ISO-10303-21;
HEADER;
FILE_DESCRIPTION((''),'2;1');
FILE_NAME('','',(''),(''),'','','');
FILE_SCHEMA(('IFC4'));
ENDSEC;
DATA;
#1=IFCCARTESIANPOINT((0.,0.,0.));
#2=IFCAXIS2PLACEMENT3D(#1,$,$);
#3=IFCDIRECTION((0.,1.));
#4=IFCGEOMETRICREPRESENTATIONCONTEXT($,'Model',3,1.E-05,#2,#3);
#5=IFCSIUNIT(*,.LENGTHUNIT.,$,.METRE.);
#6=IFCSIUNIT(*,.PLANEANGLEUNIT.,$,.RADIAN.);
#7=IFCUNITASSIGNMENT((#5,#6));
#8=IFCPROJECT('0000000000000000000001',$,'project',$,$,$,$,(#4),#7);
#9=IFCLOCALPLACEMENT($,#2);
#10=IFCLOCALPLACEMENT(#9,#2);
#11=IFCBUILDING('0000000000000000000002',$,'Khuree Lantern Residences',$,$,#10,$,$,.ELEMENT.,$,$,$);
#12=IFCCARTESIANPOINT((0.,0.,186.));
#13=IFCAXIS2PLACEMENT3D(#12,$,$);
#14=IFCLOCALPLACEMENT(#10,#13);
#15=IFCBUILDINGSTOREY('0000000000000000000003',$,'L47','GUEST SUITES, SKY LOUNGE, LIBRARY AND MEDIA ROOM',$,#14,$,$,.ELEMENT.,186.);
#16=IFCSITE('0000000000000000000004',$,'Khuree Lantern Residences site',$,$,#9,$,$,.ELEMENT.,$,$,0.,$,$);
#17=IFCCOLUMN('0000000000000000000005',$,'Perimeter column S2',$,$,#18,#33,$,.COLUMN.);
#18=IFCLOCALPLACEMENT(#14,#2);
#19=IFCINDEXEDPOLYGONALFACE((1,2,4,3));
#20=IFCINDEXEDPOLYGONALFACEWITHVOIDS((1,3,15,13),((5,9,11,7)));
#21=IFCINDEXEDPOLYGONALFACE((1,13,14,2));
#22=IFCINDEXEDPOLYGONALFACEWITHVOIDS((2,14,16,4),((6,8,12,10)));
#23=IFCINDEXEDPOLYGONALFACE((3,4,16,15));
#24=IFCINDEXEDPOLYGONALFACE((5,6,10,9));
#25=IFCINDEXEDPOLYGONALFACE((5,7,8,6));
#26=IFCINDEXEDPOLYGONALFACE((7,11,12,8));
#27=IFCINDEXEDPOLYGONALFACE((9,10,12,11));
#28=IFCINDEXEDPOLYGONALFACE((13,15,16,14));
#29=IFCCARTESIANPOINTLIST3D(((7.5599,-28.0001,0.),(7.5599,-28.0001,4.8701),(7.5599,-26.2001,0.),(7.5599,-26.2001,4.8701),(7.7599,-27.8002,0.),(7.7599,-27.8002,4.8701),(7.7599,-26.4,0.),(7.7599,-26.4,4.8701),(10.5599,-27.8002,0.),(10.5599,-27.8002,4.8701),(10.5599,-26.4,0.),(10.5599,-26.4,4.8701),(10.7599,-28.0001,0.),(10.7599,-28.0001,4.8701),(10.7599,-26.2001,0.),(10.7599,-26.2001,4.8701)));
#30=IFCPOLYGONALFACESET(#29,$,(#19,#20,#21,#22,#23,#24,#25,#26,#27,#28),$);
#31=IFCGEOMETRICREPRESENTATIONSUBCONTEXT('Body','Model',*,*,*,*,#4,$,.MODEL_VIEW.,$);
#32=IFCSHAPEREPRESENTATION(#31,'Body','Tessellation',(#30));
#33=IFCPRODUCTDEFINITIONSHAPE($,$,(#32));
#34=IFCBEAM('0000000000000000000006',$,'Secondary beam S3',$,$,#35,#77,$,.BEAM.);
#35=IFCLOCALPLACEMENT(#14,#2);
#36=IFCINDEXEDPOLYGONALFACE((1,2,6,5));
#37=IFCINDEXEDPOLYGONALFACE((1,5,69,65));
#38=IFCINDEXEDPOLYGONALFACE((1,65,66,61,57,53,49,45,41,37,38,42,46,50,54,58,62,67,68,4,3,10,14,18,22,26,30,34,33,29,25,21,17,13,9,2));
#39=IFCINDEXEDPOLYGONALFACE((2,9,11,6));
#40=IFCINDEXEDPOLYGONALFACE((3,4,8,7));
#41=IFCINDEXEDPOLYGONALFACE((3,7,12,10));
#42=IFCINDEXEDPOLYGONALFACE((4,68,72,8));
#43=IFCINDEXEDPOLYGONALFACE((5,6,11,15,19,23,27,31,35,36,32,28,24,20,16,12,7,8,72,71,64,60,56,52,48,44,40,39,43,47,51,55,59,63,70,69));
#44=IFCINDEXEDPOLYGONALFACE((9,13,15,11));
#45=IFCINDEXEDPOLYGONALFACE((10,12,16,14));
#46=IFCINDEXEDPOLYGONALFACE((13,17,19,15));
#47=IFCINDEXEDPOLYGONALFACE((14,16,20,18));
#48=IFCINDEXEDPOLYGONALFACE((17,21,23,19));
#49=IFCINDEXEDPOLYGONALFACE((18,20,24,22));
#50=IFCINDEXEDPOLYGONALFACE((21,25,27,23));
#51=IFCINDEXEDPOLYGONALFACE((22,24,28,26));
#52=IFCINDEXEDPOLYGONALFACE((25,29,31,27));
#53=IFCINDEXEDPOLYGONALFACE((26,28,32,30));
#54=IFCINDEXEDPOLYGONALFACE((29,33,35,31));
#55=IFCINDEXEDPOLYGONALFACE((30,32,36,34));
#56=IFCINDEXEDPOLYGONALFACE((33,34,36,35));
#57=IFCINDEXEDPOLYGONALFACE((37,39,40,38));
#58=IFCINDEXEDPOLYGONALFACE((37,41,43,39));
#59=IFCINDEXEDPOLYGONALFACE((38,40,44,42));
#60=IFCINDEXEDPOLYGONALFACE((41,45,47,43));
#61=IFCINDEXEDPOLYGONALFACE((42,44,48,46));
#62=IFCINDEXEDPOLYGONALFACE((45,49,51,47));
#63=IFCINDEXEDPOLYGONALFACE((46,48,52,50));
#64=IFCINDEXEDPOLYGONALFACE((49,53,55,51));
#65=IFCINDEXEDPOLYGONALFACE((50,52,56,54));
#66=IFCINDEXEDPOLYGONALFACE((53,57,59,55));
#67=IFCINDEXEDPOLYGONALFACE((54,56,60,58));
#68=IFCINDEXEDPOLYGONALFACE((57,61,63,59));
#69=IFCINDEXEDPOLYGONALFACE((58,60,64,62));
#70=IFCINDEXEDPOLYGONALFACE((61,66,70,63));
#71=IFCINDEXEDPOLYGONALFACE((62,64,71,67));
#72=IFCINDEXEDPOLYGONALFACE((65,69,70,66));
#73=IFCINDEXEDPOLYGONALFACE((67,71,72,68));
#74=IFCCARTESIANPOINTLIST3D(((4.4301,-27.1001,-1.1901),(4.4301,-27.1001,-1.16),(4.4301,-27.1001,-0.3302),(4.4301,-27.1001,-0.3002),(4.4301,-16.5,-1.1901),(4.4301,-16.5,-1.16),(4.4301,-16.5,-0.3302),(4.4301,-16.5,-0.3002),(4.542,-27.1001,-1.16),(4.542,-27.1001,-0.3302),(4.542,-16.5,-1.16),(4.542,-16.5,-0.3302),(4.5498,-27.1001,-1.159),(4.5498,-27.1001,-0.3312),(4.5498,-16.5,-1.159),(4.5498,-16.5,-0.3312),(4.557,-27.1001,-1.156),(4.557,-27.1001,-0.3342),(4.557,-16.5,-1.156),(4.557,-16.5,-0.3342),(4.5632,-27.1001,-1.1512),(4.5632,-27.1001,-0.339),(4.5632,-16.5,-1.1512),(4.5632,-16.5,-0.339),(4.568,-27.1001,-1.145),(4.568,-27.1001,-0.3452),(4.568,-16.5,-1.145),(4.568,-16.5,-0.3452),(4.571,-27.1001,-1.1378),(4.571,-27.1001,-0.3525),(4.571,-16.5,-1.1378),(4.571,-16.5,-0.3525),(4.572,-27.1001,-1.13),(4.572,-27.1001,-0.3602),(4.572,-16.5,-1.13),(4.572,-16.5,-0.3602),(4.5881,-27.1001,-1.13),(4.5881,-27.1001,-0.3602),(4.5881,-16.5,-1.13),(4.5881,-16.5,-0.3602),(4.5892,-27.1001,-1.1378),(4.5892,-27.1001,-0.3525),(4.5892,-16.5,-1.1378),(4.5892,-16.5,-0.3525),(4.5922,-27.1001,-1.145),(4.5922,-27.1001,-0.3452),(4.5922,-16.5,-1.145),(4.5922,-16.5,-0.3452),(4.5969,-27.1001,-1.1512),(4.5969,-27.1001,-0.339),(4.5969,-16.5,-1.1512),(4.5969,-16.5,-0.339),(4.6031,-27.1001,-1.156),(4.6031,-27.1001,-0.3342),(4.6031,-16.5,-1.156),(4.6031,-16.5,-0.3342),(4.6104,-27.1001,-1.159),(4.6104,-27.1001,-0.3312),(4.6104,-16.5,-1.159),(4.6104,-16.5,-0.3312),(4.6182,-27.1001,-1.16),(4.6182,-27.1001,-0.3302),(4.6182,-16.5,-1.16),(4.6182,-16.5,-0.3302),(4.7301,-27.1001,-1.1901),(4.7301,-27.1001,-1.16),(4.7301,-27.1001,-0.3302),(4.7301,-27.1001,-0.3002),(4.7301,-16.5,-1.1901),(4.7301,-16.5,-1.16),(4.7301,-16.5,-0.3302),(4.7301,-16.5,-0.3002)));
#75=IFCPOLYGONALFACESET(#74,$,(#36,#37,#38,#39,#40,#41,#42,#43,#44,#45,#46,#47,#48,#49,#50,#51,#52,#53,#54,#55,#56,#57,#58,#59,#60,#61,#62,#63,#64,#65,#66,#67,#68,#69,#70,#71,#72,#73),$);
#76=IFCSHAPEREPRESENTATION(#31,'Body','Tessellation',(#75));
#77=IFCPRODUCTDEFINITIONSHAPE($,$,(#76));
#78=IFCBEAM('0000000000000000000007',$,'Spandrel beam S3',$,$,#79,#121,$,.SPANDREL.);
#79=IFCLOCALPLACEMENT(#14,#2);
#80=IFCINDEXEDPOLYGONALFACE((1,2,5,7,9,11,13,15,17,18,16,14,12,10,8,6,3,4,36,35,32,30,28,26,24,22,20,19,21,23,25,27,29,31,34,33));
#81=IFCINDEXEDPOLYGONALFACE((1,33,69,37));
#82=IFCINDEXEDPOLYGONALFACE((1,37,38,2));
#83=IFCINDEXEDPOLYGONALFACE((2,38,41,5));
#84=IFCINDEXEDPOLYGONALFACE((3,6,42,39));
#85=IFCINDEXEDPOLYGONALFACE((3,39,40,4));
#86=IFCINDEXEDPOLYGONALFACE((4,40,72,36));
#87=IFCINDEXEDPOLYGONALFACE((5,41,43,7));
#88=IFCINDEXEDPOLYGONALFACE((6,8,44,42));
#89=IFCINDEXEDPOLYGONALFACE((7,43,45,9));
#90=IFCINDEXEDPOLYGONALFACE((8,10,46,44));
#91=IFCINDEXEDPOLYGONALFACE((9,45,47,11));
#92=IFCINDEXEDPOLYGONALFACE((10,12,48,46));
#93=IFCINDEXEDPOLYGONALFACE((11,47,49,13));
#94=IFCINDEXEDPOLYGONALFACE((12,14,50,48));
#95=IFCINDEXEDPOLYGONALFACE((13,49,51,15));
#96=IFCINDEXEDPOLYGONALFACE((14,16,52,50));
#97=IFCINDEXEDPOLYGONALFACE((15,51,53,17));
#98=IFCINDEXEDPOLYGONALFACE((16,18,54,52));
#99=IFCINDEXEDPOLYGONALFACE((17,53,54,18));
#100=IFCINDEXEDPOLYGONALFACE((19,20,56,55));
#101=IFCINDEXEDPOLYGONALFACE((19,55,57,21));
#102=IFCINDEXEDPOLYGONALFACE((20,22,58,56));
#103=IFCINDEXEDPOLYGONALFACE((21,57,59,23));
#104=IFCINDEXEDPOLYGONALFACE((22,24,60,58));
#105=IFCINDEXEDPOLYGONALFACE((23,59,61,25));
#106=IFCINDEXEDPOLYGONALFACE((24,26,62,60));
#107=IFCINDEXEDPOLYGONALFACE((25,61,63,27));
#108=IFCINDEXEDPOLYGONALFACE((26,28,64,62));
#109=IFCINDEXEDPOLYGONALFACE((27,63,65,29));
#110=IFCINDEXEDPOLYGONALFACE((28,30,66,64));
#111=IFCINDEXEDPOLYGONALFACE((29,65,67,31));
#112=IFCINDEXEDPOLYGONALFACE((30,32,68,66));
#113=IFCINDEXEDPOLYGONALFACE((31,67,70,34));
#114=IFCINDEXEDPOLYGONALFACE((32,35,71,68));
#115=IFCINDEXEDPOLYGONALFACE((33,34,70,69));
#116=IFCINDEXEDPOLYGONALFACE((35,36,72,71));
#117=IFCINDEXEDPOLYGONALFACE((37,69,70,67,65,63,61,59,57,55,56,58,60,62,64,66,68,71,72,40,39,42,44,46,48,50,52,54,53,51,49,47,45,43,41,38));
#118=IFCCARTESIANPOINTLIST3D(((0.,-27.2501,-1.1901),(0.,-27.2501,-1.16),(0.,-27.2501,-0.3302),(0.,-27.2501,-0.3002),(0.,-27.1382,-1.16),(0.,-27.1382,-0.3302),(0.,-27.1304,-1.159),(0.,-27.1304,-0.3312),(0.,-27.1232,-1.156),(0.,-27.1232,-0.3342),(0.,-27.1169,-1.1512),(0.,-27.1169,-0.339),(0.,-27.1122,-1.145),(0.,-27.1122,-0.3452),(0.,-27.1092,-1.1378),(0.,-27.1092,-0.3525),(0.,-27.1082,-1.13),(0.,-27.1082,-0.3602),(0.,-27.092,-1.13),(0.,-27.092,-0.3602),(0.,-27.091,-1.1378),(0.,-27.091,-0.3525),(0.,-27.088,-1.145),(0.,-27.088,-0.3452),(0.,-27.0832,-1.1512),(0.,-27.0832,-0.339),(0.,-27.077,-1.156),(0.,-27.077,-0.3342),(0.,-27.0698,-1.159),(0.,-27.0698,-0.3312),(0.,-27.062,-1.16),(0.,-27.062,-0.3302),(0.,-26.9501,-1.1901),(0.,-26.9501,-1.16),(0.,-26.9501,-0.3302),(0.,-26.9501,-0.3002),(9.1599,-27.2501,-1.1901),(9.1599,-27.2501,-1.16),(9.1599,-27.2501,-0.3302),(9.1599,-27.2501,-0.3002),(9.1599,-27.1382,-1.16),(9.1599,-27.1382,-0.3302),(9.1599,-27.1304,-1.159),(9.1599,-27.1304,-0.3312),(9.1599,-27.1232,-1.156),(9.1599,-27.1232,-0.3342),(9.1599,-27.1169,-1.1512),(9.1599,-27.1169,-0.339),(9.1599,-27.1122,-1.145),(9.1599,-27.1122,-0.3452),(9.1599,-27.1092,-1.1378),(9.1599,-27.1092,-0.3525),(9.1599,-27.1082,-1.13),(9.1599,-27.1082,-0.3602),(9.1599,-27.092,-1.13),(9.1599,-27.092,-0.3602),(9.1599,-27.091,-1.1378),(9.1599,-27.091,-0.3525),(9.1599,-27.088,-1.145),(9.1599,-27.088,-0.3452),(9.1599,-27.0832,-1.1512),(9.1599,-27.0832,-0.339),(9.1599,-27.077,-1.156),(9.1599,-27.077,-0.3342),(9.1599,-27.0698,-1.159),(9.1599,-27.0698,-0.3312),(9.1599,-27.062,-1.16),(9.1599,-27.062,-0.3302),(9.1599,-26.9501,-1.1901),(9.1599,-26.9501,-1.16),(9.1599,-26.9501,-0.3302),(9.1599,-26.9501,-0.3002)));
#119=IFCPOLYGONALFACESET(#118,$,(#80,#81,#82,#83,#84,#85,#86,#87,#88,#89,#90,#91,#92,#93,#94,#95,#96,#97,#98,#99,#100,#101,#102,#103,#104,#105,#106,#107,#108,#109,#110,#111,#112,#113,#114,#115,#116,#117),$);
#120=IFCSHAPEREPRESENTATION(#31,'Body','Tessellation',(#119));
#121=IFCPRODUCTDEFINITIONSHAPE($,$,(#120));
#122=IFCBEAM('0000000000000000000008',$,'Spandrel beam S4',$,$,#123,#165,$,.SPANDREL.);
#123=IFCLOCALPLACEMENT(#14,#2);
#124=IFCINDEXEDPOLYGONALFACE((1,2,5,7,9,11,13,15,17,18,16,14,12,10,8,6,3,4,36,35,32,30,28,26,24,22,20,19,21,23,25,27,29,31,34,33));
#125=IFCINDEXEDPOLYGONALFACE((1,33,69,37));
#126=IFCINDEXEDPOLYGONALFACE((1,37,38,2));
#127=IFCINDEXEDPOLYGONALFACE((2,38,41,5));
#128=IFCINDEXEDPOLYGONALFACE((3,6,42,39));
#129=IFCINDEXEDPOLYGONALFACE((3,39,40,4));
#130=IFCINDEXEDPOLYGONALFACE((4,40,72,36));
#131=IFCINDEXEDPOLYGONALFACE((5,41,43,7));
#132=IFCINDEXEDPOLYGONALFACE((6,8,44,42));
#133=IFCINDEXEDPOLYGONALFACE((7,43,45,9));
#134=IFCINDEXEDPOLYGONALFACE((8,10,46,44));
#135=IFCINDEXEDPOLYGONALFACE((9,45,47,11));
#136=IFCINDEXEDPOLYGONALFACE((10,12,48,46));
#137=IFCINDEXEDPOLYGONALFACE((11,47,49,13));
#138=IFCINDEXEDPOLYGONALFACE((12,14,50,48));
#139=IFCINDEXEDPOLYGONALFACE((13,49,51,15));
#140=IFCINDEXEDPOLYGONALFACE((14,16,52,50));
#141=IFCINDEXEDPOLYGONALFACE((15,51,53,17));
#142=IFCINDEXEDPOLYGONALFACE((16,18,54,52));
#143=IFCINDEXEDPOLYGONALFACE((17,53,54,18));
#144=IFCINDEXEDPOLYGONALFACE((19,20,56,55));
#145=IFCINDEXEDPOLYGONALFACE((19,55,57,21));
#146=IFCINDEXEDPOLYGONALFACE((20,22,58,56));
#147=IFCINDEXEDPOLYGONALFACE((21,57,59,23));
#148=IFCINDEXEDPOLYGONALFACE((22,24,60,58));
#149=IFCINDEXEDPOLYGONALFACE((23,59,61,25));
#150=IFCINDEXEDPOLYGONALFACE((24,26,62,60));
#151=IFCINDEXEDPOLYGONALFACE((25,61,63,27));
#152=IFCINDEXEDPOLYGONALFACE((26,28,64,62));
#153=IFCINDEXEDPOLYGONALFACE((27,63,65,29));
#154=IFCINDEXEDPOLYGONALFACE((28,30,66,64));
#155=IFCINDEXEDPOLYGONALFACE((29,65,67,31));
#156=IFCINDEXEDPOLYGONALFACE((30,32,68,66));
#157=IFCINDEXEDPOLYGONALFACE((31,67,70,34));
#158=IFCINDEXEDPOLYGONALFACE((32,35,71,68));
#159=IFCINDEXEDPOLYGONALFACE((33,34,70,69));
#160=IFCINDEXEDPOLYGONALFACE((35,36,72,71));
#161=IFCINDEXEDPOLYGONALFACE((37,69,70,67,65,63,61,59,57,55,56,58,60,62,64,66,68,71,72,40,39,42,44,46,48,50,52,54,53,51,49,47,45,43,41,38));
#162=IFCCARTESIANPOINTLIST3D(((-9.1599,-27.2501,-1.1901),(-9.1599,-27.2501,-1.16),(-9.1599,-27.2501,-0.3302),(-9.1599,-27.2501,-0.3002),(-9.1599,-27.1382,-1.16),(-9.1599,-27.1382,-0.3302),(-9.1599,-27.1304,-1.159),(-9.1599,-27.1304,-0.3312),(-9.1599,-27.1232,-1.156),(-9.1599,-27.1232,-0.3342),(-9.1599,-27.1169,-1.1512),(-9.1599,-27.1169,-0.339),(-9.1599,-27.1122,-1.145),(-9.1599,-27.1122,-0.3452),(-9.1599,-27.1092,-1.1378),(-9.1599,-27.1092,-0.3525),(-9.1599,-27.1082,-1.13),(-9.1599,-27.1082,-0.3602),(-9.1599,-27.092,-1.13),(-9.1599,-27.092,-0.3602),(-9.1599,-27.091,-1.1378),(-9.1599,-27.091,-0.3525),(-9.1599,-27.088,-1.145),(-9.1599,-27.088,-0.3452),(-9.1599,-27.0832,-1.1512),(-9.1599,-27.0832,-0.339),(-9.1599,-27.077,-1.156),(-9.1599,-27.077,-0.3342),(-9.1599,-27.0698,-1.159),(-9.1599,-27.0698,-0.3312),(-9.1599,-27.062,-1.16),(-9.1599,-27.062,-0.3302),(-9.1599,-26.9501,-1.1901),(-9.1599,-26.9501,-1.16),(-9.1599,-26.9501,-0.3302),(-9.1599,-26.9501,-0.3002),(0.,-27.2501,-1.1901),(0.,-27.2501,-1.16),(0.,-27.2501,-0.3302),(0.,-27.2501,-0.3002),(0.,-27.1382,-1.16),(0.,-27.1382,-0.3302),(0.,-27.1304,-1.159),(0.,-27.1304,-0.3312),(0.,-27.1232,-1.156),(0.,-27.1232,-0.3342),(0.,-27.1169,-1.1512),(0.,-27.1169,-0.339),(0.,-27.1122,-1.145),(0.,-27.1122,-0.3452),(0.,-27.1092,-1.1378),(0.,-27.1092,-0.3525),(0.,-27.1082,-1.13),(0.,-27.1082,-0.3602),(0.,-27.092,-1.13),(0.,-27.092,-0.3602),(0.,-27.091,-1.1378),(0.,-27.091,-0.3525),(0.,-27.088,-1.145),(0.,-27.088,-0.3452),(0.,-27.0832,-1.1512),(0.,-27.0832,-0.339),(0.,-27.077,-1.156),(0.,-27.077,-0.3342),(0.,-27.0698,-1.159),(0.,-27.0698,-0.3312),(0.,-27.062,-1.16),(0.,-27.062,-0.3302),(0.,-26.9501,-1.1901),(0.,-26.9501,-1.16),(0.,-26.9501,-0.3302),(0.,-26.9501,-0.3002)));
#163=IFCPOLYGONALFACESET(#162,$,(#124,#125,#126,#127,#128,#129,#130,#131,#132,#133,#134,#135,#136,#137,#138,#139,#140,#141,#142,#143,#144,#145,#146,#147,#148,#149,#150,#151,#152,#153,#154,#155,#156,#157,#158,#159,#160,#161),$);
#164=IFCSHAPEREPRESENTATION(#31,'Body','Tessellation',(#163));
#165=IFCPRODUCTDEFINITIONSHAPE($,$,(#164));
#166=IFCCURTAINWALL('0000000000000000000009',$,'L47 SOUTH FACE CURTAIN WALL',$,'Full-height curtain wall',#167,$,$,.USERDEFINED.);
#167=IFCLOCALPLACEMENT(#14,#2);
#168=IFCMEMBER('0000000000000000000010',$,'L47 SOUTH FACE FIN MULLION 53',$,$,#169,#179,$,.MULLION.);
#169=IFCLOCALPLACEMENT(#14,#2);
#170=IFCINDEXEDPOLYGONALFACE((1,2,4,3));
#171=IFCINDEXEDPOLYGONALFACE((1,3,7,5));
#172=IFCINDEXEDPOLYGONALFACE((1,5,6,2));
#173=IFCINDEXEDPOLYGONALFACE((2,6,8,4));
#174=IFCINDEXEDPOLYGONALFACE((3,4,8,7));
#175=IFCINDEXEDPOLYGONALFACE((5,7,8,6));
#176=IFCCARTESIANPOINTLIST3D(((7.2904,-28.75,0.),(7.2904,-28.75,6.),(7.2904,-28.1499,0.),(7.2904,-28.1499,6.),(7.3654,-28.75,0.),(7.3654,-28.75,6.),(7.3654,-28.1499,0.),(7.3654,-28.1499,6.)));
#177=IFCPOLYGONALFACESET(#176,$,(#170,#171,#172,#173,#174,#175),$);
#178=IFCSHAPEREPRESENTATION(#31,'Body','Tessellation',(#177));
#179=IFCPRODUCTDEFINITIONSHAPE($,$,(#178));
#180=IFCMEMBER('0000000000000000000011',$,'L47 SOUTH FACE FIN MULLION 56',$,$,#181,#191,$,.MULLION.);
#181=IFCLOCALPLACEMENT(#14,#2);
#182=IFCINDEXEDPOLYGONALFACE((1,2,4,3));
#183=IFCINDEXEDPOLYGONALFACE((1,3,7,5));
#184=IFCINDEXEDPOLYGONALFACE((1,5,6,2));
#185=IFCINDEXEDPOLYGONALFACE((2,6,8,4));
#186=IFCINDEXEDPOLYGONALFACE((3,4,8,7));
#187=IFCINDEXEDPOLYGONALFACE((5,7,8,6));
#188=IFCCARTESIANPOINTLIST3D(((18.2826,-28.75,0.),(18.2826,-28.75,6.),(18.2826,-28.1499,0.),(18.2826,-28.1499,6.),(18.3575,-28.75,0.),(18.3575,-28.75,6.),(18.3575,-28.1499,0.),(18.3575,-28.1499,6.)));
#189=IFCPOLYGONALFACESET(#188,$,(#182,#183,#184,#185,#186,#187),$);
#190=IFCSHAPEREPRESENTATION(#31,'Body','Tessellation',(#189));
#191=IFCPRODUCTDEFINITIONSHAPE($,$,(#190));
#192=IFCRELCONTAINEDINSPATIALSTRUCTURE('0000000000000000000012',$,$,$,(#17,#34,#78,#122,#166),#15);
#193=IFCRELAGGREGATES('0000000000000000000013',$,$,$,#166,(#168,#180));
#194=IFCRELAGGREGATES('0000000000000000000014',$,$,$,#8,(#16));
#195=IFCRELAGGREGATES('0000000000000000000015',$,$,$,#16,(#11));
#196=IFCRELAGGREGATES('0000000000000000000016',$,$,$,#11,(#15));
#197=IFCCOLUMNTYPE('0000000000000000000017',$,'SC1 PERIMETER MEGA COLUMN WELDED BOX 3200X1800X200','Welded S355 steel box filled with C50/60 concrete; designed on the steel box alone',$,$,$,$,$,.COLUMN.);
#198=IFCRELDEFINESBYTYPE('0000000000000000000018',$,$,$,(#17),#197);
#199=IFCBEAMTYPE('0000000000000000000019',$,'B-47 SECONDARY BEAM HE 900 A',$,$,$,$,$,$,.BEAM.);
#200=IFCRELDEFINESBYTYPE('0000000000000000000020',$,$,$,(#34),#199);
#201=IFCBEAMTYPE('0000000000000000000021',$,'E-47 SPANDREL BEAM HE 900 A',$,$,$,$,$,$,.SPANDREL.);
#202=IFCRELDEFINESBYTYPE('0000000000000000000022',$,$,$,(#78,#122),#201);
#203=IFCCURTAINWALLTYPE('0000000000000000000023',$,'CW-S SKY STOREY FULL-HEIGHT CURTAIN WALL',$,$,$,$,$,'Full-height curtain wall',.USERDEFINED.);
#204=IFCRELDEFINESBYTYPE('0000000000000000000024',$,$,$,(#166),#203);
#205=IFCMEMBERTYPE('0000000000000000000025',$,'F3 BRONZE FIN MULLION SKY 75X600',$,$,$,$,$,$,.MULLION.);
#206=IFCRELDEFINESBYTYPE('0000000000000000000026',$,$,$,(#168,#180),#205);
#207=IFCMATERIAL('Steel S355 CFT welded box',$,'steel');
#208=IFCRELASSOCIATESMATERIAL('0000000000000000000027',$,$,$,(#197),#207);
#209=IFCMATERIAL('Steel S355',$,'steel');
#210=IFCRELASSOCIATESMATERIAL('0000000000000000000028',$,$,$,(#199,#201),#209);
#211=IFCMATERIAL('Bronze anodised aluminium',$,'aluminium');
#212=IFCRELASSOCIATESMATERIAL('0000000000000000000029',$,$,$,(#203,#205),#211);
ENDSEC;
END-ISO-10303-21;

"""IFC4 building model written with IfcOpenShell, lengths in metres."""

from ifc_helpers import new_model, si_unit, direction, frame, origin, origin_2d, place, context, subcontext, project, spatial, rectangle, hollow_rectangle, i_section, extrude, material, material_profile, profile_set, type_object, element, aggregate, save


model = new_model("IFC4")

# Units and contexts
model_context = context("Model", 3, precision=1e-05, world=origin(), true_north=direction((0.0, 1.0)))
body_context = subcontext(model_context, "Body", "Model", "MODEL_VIEW")
ifc_project = project(units=[si_unit("LENGTHUNIT", "METRE"), si_unit("PLANEANGLEUNIT", "RADIAN")], contexts=[model_context])

# Site, building, storey
site_placement = place(None, origin())
site = spatial("IfcSite", under=ifc_project, at=site_placement, Name="Khuree Lantern Residences site", CompositionType="ELEMENT", RefElevation=0.0)
building_placement = place(site_placement, origin())
building = spatial("IfcBuilding", under=site, at=building_placement, Name="Khuree Lantern Residences", CompositionType="ELEMENT")
storey_placement = place(building_placement, frame((0.0, 0.0, 186.0)))
storey = spatial("IfcBuildingStorey", under=building, at=storey_placement, Name="L47", Description="GUEST SUITES, SKY LOUNGE, LIBRARY AND MEDIA ROOM", CompositionType="ELEMENT", Elevation=186.0)

# Column
ifc_material_1 = material(Name="Steel S355 CFT welded box", Category="steel")
ifc_material_profile_1 = material_profile(ifc_material_1, hollow_rectangle(XDim=3.2, YDim=1.8, WallThickness=0.2, at=origin_2d()), Name="WELDED BOX 3200X1800X200")
ifc_profile_set_1 = profile_set([ifc_material_profile_1], Name="Steel S355 CFT welded box")
column_type = type_object("IfcColumnType", Name="SC1 PERIMETER MEGA COLUMN WELDED BOX 3200X1800X200", Description="Welded S355 steel box filled with C50/60 concrete; designed on the steel box alone", PredefinedType="COLUMN", material=ifc_profile_set_1)
column_placement = place(storey_placement, frame((9.1599, -27.1001, 0.0), z_axis=(0.0, 0.0, 1.0), x_axis=(1.0, 0.0, 0.0)))
element("IfcColumn", 1, at=column_placement, inside=storey, type_object=column_type, Name="Perimeter column S2", PredefinedType="COLUMN", context=body_context, shape_type="SweptSolid", body=[
    extrude(hollow_rectangle(XDim=3.2, YDim=1.8, WallThickness=0.2, at=origin_2d()), origin(), (0.0, 0.0, 1.0), 4.8701),
])

# Beams
ifc_material_2 = material(Name="Steel S355", Category="steel")
ifc_material_profile_2 = material_profile(ifc_material_2, i_section(OverallWidth=0.3, OverallDepth=0.8899, WebThickness=0.0161, FlangeThickness=0.03, FilletRadius=0.03, at=origin_2d()), Name="HE 900 A")
ifc_profile_set_2 = profile_set([ifc_material_profile_2], Name="Steel S355")
beam_type_1 = type_object("IfcBeamType", Name="B-47 SECONDARY BEAM HE 900 A", PredefinedType="BEAM", material=ifc_profile_set_2)
beam_1_placement = place(storey_placement, frame((4.5801, -27.1001, -0.7451), z_axis=(0.0, 1.0, 0.0), x_axis=(-1.0, 0.0, 0.0)))
element("IfcBeam", 2, at=beam_1_placement, inside=storey, type_object=beam_type_1, Name="Secondary beam S3", PredefinedType="BEAM", context=body_context, shape_type="SweptSolid", body=[
    extrude(i_section(OverallWidth=0.3, OverallDepth=0.8899, WebThickness=0.0161, FlangeThickness=0.03, FilletRadius=0.03, at=origin_2d()), origin(), (0.0, 0.0, 1.0), 10.6001),
])
ifc_material_profile_3 = material_profile(ifc_material_2, i_section(OverallWidth=0.3, OverallDepth=0.8899, WebThickness=0.0161, FlangeThickness=0.03, FilletRadius=0.03, at=origin_2d()), Name="HE 900 A")
ifc_profile_set_3 = profile_set([ifc_material_profile_3], Name="Steel S355")
beam_type_2 = type_object("IfcBeamType", Name="E-47 SPANDREL BEAM HE 900 A", PredefinedType="SPANDREL", material=ifc_profile_set_3)
for number, where, z_axis, x_axis, name in (
    (3, (9.1599, -27.1001, -0.7451), (-1.0, 0.0, 0.0), (0.0, -1.0, 0.0), "Spandrel beam S3"),
    (4, (0.0, -27.1001, -0.7451), (-1.0, 0.0, 0.0), (0.0, -1.0, 0.0), "Spandrel beam S4"),
):
    element("IfcBeam", number, at=place(storey_placement, frame(where, z_axis=z_axis, x_axis=x_axis)), inside=storey, type_object=beam_type_2, Name=name, PredefinedType="SPANDREL", context=body_context, shape_type="SweptSolid", body=[
        extrude(i_section(OverallWidth=0.3, OverallDepth=0.8899, WebThickness=0.0161, FlangeThickness=0.03, FilletRadius=0.03, at=origin_2d()), origin(), (0.0, 0.0, 1.0), 9.1599),
    ])

# Curtain wall, members
ifc_material_3 = material(Name="Bronze anodised aluminium", Category="aluminium")
curtain_wall_type = type_object("IfcCurtainWallType", Name="CW-S SKY STOREY FULL-HEIGHT CURTAIN WALL", ElementType="Full-height curtain wall", PredefinedType="USERDEFINED", material=ifc_material_3)
curtain_wall_placement = place(storey_placement, origin())
curtain_wall = element("IfcCurtainWall", 5, at=curtain_wall_placement, inside=storey, type_object=curtain_wall_type, Name="L47 SOUTH FACE CURTAIN WALL", ObjectType="Full-height curtain wall", PredefinedType="USERDEFINED")
ifc_material_profile_4 = material_profile(ifc_material_3, rectangle(XDim=0.075, YDim=0.6001, at=origin_2d()), Name="F3 75X600")
ifc_profile_set_4 = profile_set([ifc_material_profile_4], Name="Bronze anodised aluminium")
member_type_1 = type_object("IfcMemberType", Name="F3 BRONZE FIN MULLION SKY 75X600", PredefinedType="MULLION", material=ifc_profile_set_4)
member_1_placement = place(storey_placement, frame((7.3279, -28.45, 0.0), z_axis=(0.0, 0.0, 1.0), x_axis=(1.0, 0.0, 0.0)))
member_1 = element("IfcMember", 6, at=member_1_placement, type_object=member_type_1, Name="L47 SOUTH FACE FIN MULLION 53", PredefinedType="MULLION", context=body_context, shape_type="SweptSolid", body=[
    extrude(rectangle(XDim=0.075, YDim=0.6001, at=origin_2d()), origin(), (0.0, 0.0, 1.0), 6.0),
])
member_2_placement = place(storey_placement, frame((18.3201, -28.45, 0.0), z_axis=(0.0, 0.0, 1.0), x_axis=(1.0, 0.0, 0.0)))
member_2 = element("IfcMember", 7, at=member_2_placement, type_object=member_type_1, Name="L47 SOUTH FACE FIN MULLION 56", PredefinedType="MULLION", context=body_context, shape_type="SweptSolid", body=[
    extrude(rectangle(XDim=0.075, YDim=0.6001, at=origin_2d()), origin(), (0.0, 0.0, 1.0), 6.0),
])

aggregate(curtain_wall, [member_1, member_2])

save(model, "model.ifc")
